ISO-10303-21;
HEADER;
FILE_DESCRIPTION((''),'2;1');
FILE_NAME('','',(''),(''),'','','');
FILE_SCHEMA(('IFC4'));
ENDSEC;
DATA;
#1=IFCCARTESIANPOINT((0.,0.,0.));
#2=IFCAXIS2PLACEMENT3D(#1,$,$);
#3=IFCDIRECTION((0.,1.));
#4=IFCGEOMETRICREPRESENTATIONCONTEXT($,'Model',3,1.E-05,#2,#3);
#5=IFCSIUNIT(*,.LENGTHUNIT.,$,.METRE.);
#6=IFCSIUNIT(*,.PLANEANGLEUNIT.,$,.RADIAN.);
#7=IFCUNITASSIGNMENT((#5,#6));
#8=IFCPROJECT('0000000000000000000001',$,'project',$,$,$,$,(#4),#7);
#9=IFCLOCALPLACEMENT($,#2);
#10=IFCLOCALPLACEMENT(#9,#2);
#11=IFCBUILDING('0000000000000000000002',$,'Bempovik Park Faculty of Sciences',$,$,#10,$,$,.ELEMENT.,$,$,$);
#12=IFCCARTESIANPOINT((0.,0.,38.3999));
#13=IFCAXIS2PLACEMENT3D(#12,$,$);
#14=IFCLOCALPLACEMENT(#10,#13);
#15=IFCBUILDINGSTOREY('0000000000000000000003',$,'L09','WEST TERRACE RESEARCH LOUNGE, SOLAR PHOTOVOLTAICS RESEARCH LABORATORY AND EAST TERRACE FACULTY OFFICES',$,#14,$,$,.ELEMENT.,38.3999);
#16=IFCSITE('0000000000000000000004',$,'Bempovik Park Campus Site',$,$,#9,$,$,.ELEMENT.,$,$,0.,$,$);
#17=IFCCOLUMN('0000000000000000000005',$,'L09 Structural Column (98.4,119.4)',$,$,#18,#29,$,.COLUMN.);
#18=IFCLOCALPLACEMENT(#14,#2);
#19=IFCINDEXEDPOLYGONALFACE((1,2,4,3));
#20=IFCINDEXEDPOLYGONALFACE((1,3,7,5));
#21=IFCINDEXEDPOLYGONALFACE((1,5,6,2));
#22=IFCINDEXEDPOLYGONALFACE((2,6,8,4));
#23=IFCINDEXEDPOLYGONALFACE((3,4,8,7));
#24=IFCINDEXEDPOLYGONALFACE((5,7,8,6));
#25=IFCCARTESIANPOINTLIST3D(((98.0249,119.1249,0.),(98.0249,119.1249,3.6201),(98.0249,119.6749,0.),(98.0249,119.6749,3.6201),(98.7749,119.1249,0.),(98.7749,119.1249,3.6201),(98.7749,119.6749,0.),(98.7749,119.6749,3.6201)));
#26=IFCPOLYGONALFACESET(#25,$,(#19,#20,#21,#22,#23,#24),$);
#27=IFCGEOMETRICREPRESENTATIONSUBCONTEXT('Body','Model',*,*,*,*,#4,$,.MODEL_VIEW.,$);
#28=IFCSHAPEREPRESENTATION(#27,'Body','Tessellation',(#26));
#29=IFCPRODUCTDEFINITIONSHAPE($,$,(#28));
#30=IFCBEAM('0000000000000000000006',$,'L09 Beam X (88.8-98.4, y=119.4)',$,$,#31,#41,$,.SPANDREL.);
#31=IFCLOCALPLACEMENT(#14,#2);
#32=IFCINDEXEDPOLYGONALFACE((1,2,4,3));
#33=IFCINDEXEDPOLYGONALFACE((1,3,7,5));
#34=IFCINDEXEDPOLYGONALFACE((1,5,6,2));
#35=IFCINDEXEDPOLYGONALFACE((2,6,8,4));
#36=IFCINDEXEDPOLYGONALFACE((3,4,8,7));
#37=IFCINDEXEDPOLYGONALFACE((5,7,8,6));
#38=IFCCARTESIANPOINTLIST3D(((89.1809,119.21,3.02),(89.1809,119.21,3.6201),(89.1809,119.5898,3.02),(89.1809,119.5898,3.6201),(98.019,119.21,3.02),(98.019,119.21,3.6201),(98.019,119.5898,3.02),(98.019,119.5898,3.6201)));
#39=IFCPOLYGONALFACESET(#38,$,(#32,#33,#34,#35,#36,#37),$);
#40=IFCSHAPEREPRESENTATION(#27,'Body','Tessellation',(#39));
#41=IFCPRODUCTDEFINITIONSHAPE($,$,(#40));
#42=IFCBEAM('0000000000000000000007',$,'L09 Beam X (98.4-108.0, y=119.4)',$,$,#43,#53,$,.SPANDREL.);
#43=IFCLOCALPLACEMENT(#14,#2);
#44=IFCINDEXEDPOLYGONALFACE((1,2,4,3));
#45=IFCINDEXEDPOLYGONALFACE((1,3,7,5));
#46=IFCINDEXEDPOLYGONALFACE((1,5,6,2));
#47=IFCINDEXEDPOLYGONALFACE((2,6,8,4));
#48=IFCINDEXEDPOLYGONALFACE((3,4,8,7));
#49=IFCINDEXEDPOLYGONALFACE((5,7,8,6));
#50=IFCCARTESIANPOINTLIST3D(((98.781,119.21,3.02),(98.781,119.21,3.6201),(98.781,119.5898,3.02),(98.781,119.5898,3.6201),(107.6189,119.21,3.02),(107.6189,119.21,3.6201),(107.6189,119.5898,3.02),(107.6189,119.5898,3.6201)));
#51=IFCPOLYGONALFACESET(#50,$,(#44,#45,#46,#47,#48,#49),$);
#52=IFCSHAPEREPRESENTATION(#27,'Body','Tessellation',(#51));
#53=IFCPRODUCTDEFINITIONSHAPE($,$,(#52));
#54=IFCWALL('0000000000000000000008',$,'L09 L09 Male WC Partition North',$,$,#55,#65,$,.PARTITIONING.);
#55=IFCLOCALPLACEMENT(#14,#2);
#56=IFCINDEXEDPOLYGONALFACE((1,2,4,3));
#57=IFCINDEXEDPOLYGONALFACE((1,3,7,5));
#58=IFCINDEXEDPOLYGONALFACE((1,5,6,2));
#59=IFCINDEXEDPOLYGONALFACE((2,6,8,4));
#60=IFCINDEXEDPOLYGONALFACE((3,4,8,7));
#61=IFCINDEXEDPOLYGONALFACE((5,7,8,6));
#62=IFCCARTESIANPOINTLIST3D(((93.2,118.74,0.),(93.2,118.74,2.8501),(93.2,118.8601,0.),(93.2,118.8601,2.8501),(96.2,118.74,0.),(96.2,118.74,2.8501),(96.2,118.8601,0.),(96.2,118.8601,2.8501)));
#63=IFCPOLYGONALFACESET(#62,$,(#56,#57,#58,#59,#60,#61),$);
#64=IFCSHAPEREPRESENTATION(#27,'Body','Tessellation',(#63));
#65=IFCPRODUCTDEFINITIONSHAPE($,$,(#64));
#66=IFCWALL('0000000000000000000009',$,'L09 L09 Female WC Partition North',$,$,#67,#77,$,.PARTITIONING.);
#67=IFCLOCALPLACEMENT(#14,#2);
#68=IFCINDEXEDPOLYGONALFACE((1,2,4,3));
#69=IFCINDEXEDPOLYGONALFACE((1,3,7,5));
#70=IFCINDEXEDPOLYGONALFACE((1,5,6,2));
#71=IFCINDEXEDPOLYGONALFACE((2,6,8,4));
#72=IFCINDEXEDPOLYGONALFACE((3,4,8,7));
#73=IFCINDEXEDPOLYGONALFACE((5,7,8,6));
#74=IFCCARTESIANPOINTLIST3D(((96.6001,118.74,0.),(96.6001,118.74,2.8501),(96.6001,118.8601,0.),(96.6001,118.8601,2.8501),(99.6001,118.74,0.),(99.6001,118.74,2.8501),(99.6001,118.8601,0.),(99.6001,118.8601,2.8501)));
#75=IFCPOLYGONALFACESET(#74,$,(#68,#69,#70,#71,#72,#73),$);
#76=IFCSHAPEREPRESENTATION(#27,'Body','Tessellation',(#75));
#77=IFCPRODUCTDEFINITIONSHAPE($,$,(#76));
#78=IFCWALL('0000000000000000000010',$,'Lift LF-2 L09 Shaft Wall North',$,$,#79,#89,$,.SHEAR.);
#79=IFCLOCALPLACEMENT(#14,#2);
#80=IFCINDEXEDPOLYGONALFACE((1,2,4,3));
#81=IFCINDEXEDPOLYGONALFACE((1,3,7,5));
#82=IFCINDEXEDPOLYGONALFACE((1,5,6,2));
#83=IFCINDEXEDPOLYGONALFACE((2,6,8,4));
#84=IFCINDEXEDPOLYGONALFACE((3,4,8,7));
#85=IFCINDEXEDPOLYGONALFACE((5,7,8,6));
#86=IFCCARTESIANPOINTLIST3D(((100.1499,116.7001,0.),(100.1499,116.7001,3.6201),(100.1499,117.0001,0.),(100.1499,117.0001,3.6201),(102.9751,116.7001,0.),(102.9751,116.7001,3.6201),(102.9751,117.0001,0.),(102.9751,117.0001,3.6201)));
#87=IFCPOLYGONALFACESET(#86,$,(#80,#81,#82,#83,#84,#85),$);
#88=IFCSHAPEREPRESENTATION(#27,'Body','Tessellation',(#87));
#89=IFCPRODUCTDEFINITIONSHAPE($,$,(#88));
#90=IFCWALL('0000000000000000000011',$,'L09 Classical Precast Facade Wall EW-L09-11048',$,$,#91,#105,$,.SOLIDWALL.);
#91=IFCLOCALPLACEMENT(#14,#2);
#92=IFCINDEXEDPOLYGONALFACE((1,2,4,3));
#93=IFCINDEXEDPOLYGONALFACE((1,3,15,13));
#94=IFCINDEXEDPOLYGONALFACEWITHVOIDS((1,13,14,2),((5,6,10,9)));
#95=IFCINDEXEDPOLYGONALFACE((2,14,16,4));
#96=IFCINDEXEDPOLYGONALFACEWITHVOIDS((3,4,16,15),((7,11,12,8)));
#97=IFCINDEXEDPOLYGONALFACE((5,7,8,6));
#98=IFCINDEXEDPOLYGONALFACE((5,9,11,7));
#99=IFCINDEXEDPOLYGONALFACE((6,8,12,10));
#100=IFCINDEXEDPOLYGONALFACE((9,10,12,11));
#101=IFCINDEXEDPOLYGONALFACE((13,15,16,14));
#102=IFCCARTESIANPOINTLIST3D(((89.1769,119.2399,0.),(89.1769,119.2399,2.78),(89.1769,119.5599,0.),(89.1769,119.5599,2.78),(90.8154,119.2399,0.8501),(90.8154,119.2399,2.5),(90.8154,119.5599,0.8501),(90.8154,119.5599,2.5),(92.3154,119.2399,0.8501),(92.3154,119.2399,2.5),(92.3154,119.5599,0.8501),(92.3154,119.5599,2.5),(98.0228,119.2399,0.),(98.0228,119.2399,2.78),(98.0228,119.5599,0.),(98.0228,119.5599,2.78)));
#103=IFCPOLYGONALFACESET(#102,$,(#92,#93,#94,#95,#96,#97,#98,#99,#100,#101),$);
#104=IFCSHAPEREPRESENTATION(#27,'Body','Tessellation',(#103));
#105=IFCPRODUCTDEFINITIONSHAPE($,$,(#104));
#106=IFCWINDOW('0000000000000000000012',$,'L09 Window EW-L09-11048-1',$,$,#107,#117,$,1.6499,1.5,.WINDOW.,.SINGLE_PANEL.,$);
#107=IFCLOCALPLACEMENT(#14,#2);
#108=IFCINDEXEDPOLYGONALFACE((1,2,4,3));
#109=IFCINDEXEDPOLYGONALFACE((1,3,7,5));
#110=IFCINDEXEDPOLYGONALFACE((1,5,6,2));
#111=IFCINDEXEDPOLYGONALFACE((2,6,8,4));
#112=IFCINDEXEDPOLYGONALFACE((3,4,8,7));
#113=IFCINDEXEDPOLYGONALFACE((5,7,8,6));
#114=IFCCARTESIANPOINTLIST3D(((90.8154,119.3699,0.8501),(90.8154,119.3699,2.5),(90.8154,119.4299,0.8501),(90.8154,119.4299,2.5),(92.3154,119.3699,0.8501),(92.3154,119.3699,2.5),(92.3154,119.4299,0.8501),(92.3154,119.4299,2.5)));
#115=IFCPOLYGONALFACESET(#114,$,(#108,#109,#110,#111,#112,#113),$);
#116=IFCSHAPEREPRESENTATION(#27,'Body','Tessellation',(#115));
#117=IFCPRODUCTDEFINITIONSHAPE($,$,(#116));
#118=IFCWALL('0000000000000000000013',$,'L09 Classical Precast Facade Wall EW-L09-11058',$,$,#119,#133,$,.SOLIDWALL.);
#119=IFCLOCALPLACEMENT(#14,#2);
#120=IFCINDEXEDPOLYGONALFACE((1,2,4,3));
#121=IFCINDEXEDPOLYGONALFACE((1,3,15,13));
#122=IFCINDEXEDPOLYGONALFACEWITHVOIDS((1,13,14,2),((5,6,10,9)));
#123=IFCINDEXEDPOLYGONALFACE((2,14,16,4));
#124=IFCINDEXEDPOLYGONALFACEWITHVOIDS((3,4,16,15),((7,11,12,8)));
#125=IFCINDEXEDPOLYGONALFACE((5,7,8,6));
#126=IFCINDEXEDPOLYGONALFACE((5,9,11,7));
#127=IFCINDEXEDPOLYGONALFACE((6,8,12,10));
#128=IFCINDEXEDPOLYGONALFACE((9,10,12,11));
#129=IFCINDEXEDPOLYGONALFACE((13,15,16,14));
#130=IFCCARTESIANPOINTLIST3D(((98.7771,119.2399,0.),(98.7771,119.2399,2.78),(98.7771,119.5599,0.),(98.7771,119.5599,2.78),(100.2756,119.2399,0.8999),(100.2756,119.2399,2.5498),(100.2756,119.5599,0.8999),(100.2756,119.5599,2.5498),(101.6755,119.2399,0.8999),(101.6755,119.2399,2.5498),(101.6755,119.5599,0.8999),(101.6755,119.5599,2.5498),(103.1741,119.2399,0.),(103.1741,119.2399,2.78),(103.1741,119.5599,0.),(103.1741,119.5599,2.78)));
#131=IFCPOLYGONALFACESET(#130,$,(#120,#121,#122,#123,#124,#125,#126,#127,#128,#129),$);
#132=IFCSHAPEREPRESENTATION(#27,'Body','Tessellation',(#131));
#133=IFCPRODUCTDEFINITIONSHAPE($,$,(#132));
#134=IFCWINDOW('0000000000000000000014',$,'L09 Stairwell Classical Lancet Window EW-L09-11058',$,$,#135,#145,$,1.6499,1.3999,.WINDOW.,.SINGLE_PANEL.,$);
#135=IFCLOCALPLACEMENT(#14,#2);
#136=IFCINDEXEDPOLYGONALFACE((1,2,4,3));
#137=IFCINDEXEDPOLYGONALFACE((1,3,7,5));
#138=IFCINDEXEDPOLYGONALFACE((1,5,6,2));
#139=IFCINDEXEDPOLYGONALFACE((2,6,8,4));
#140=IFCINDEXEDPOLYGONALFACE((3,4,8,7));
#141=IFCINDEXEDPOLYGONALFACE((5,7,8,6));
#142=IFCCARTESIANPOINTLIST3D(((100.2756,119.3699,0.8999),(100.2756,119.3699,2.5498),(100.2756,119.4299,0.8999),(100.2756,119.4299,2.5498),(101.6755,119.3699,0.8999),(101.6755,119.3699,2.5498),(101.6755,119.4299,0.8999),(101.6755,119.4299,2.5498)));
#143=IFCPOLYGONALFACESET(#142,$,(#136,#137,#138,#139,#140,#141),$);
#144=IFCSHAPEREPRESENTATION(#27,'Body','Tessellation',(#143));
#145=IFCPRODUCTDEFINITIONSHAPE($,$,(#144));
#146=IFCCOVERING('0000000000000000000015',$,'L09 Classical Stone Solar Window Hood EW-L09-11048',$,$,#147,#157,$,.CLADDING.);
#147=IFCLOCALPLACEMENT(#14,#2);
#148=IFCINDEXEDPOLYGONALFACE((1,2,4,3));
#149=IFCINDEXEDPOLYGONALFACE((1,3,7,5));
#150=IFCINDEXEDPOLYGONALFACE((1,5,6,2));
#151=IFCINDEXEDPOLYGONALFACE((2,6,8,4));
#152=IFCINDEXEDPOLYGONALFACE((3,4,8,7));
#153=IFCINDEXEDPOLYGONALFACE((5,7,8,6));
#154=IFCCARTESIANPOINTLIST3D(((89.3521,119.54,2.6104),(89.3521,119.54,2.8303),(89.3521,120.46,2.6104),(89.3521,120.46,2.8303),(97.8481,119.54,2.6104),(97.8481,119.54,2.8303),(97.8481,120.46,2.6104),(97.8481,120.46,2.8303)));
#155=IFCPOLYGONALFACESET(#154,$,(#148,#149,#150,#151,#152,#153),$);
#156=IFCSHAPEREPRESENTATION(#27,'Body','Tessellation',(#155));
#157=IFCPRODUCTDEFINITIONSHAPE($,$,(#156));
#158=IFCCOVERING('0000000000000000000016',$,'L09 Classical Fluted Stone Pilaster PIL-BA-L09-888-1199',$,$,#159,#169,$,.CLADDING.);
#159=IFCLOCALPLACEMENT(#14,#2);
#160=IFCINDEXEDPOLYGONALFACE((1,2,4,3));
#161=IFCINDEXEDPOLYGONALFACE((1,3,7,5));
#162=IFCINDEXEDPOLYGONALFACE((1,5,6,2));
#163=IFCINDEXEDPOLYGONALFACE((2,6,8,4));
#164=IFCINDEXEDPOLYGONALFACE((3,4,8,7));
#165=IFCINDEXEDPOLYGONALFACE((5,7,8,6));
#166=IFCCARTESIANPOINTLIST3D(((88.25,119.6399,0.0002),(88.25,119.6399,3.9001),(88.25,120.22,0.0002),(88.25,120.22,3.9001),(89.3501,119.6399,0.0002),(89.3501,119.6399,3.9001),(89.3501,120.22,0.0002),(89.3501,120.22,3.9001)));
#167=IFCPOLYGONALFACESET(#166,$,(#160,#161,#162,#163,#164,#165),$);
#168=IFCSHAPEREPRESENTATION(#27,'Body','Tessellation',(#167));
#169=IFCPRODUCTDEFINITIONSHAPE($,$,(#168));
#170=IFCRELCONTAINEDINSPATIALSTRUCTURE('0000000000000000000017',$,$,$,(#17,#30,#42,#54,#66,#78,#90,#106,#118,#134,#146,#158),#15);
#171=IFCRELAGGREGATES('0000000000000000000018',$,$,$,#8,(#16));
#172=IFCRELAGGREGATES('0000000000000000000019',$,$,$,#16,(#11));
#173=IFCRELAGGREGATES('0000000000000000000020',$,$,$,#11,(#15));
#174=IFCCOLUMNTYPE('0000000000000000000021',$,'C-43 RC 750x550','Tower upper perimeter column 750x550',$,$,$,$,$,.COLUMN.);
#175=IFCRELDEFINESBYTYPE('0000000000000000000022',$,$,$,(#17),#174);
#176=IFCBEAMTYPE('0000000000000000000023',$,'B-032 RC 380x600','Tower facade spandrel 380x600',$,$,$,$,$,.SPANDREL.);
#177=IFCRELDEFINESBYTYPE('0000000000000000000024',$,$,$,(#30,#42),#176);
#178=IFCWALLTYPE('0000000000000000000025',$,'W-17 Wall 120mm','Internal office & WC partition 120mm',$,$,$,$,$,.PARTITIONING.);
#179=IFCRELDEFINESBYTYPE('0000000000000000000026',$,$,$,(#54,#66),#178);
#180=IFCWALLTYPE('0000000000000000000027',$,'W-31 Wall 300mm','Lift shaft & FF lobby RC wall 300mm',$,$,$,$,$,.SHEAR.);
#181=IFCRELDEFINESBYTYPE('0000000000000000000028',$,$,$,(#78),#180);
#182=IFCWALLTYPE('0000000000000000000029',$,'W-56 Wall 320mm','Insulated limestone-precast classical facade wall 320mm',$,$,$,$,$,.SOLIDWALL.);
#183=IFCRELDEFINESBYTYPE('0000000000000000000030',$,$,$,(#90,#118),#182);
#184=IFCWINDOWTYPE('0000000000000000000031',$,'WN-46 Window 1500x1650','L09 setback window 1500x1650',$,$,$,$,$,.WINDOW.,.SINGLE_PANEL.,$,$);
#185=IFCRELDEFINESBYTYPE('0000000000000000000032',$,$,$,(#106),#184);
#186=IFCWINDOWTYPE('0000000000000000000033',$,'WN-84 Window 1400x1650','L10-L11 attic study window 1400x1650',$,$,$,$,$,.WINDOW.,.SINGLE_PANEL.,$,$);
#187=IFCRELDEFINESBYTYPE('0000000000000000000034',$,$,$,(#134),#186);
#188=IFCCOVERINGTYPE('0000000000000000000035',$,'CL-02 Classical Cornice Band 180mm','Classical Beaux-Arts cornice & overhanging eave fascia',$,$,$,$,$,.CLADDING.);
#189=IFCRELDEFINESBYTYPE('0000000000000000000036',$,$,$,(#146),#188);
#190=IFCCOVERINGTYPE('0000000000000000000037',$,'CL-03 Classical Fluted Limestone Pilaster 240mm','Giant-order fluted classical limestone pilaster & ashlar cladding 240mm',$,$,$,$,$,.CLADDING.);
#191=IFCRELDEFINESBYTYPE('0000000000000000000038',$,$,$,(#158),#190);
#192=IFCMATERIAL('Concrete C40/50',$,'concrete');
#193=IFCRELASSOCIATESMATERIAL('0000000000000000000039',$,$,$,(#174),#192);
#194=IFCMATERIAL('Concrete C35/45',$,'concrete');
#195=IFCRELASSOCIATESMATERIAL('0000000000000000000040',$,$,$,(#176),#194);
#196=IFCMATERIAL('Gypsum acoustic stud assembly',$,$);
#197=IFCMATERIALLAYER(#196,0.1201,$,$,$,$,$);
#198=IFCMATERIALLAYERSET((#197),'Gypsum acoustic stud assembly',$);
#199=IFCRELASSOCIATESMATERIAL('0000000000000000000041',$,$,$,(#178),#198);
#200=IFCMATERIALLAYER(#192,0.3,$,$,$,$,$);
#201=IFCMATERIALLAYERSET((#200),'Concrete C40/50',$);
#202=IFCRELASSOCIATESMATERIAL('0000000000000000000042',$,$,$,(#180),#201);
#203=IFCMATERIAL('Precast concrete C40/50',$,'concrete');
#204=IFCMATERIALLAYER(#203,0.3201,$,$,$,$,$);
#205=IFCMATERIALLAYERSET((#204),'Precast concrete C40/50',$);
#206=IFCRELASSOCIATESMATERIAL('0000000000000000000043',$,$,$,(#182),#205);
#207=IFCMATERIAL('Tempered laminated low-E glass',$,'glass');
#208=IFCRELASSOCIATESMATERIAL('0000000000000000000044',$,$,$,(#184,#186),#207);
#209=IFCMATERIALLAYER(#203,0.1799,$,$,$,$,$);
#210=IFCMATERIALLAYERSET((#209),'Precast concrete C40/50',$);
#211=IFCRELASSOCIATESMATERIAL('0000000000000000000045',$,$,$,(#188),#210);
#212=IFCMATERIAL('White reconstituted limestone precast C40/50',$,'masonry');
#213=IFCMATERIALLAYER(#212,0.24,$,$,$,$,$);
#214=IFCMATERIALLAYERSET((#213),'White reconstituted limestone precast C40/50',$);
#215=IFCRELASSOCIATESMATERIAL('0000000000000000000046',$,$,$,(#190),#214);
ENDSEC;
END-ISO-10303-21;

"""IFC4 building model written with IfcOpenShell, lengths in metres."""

from ifc_helpers import new_model, si_unit, direction, frame, frame_2d, origin, origin_2d, place, context, subcontext, project, spatial, rectangle, extrude, material, layer, layer_set, material_profile, profile_set, type_object, element, fill, save


model = new_model("IFC4")

# Units and contexts
model_context = context("Model", 3, precision=1e-05, world=origin(), true_north=direction((0.0, 1.0)))
body_context = subcontext(model_context, "Body", "Model", "MODEL_VIEW")
ifc_project = project(units=[si_unit("LENGTHUNIT", "METRE"), si_unit("PLANEANGLEUNIT", "RADIAN")], contexts=[model_context])

# Site, building, storey
site_placement = place(None, origin())
site = spatial("IfcSite", under=ifc_project, at=site_placement, Name="Bempovik Park Campus Site", CompositionType="ELEMENT", RefElevation=0.0)
building_placement = place(site_placement, origin())
building = spatial("IfcBuilding", under=site, at=building_placement, Name="Bempovik Park Faculty of Sciences", CompositionType="ELEMENT")
storey_placement = place(building_placement, frame((0.0, 0.0, 38.3999)))
storey = spatial("IfcBuildingStorey", under=building, at=storey_placement, Name="L09", Description="WEST TERRACE RESEARCH LOUNGE, SOLAR PHOTOVOLTAICS RESEARCH LABORATORY AND EAST TERRACE FACULTY OFFICES", CompositionType="ELEMENT", Elevation=38.3999)

# Column
ifc_material_1 = material(Name="Concrete C40/50", Category="concrete")
ifc_material_profile_1 = material_profile(ifc_material_1, rectangle(XDim=0.75, YDim=0.55, at=origin_2d()), Name="RC 750x550")
ifc_profile_set_1 = profile_set([ifc_material_profile_1], Name="Concrete C40/50")
column_type = type_object("IfcColumnType", Name="C-43 RC 750x550", Description="Tower upper perimeter column 750x550", PredefinedType="COLUMN", material=ifc_profile_set_1)
column_placement = place(storey_placement, frame((98.3999, 119.3999, 0.0), z_axis=(0.0, 0.0, 1.0), x_axis=(1.0, 0.0, 0.0)))
element("IfcColumn", 1, at=column_placement, inside=storey, type_object=column_type, Name="L09 Structural Column (98.4,119.4)", PredefinedType="COLUMN", context=body_context, shape_type="SweptSolid", body=[
    extrude(rectangle(XDim=0.75, YDim=0.55, at=origin_2d()), origin(), (0.0, 0.0, 1.0), 3.6201),
])

# Beams
ifc_material_2 = material(Name="Concrete C35/45", Category="concrete")
ifc_material_profile_2 = material_profile(ifc_material_2, rectangle(XDim=0.3799, YDim=0.6001, at=origin_2d()), Name="RC 380x600")
ifc_profile_set_2 = profile_set([ifc_material_profile_2], Name="Concrete C35/45")
beam_type = type_object("IfcBeamType", Name="B-032 RC 380x600", Description="Tower facade spandrel 380x600", PredefinedType="SPANDREL", material=ifc_profile_set_2)
beam_1_placement = place(storey_placement, frame((89.1809, 119.3999, 3.3201), z_axis=(1.0, 0.0, 0.0), x_axis=(0.0, 1.0, 0.0)))
element("IfcBeam", 2, at=beam_1_placement, inside=storey, type_object=beam_type, Name="L09 Beam X (88.8-98.4, y=119.4)", PredefinedType="SPANDREL", context=body_context, shape_type="SweptSolid", body=[
    extrude(rectangle(XDim=0.3799, YDim=0.6001, at=origin_2d()), origin(), (0.0, 0.0, 1.0), 8.8381),
])
beam_2_placement = place(storey_placement, frame((98.781, 119.3999, 3.3201), z_axis=(1.0, 0.0, 0.0), x_axis=(0.0, 1.0, 0.0)))
element("IfcBeam", 3, at=beam_2_placement, inside=storey, type_object=beam_type, Name="L09 Beam X (98.4-108.0, y=119.4)", PredefinedType="SPANDREL", context=body_context, shape_type="SweptSolid", body=[
    extrude(rectangle(XDim=0.3799, YDim=0.6001, at=origin_2d()), origin(), (0.0, 0.0, 1.0), 8.8379),
])

# Walls
ifc_material_3 = material(Name="Gypsum acoustic stud assembly")
ifc_layer_1 = layer(ifc_material_3, 0.1201)
ifc_layer_set_1 = layer_set([ifc_layer_1], Name="Gypsum acoustic stud assembly")
wall_type_1 = type_object("IfcWallType", Name="W-17 Wall 120mm", Description="Internal office & WC partition 120mm", PredefinedType="PARTITIONING", material=ifc_layer_set_1)
for number, where, z_axis, x_axis, name in (
    (4, (93.2, 118.8, 0.0), (0.0, 0.0, 1.0), (1.0, 0.0, 0.0), "L09 L09 Male WC Partition North"),
    (5, (96.6001, 118.8, 0.0), (0.0, 0.0, 1.0), (1.0, 0.0, 0.0), "L09 L09 Female WC Partition North"),
):
    element("IfcWall", number, at=place(storey_placement, frame(where, z_axis=z_axis, x_axis=x_axis)), inside=storey, type_object=wall_type_1, Name=name, PredefinedType="PARTITIONING", context=body_context, shape_type="SweptSolid", body=[
        extrude(rectangle(XDim=3.0, YDim=0.1201, at=frame_2d((1.5, 0.0))), origin(), (0.0, 0.0, 1.0), 2.8501),
    ])
ifc_layer_2 = layer(ifc_material_1, 0.3)
ifc_layer_set_2 = layer_set([ifc_layer_2], Name="Concrete C40/50")
wall_type_2 = type_object("IfcWallType", Name="W-31 Wall 300mm", Description="Lift shaft & FF lobby RC wall 300mm", PredefinedType="SHEAR", material=ifc_layer_set_2)
wall_1_placement = place(storey_placement, frame((100.1499, 116.8501, 0.0), z_axis=(0.0, 0.0, 1.0), x_axis=(1.0, 0.0, 0.0)))
element("IfcWall", 6, at=wall_1_placement, inside=storey, type_object=wall_type_2, Name="Lift LF-2 L09 Shaft Wall North", PredefinedType="SHEAR", context=body_context, shape_type="SweptSolid", body=[
    extrude(rectangle(XDim=2.8252, YDim=0.3, at=frame_2d((1.4126, 0.0))), origin(), (0.0, 0.0, 1.0), 3.6201),
])

# Walls, openings, windows
ifc_material_4 = material(Name="Precast concrete C40/50", Category="concrete")
ifc_layer_3 = layer(ifc_material_4, 0.3201)
ifc_layer_set_3 = layer_set([ifc_layer_3], Name="Precast concrete C40/50")
wall_type_3 = type_object("IfcWallType", Name="W-56 Wall 320mm", Description="Insulated limestone-precast classical facade wall 320mm", PredefinedType="SOLIDWALL", material=ifc_layer_set_3)
wall_2_placement = place(storey_placement, frame((89.177, 119.3999, 0.0), z_axis=(0.0, 0.0, 1.0), x_axis=(1.0, 0.0, 0.0)))
wall_2 = element("IfcWall", 7, at=wall_2_placement, inside=storey, type_object=wall_type_3, Name="L09 Classical Precast Facade Wall EW-L09-11048", PredefinedType="SOLIDWALL", context=body_context, shape_type="SweptSolid", body=[
    extrude(rectangle(XDim=8.8459, YDim=0.3201, at=frame_2d((4.4229, 0.0))), origin(), (0.0, 0.0, 1.0), 2.78),
])
opening_1_placement = place(wall_2_placement, frame((1.6384, 0.0, 0.8501)))
opening_1 = element("IfcOpeningElement", 8, at=opening_1_placement, cuts=wall_2, PredefinedType="OPENING", context=body_context, shape_type="SweptSolid", body=[
    extrude(rectangle(XDim=1.5, YDim=1.6499, at=frame_2d((0.75, 0.825))), frame((0.0, 0.1699, 0.0), z_axis=(0.0, -1.0, 0.0), x_axis=(1.0, 0.0, 0.0)), (0.0, 0.0, 1.0), 0.3401),
])
ifc_material_5 = material(Name="Tempered laminated low-E glass", Category="glass")
window_type_1 = type_object("IfcWindowType", Name="WN-46 Window 1500x1650", Description="L09 setback window 1500x1650", PartitioningType="SINGLE_PANEL", PredefinedType="WINDOW", material=ifc_material_5)
window_1_placement = place(opening_1_placement, origin())
window_1 = element("IfcWindow", 9, at=window_1_placement, inside=storey, type_object=window_type_1, Name="L09 Window EW-L09-11048-1", OverallHeight=1.6499, OverallWidth=1.5, PartitioningType="SINGLE_PANEL", PredefinedType="WINDOW", context=body_context, shape_type="SweptSolid", body=[
    extrude(rectangle(XDim=1.5, YDim=1.6499, at=frame_2d((0.75, 0.825))), frame((0.0, 0.03, 0.0), z_axis=(0.0, -1.0, 0.0), x_axis=(1.0, 0.0, 0.0)), (0.0, 0.0, 1.0), 0.0601),
])
fill(opening_1, window_1)
wall_3_placement = place(storey_placement, frame((98.7771, 119.3999, 0.0), z_axis=(0.0, 0.0, 1.0), x_axis=(1.0, 0.0, 0.0)))
wall_3 = element("IfcWall", 10, at=wall_3_placement, inside=storey, type_object=wall_type_3, Name="L09 Classical Precast Facade Wall EW-L09-11058", PredefinedType="SOLIDWALL", context=body_context, shape_type="SweptSolid", body=[
    extrude(rectangle(XDim=4.397, YDim=0.3201, at=frame_2d((2.1985, 0.0))), origin(), (0.0, 0.0, 1.0), 2.78),
])
opening_2_placement = place(wall_3_placement, frame((1.4985, 0.0, 0.8999)))
opening_2 = element("IfcOpeningElement", 11, at=opening_2_placement, cuts=wall_3, PredefinedType="OPENING", context=body_context, shape_type="SweptSolid", body=[
    extrude(rectangle(XDim=1.3999, YDim=1.6499, at=frame_2d((0.7, 0.825))), frame((0.0, 0.1699, 0.0), z_axis=(0.0, -1.0, 0.0), x_axis=(1.0, 0.0, 0.0)), (0.0, 0.0, 1.0), 0.3401),
])
window_type_2 = type_object("IfcWindowType", Name="WN-84 Window 1400x1650", Description="L10-L11 attic study window 1400x1650", PartitioningType="SINGLE_PANEL", PredefinedType="WINDOW", material=ifc_material_5)
window_2_placement = place(opening_2_placement, origin())
window_2 = element("IfcWindow", 12, at=window_2_placement, inside=storey, type_object=window_type_2, Name="L09 Stairwell Classical Lancet Window EW-L09-11058", OverallHeight=1.6499, OverallWidth=1.3999, PartitioningType="SINGLE_PANEL", PredefinedType="WINDOW", context=body_context, shape_type="SweptSolid", body=[
    extrude(rectangle(XDim=1.3999, YDim=1.6499, at=frame_2d((0.7, 0.825))), frame((0.0, 0.03, 0.0), z_axis=(0.0, -1.0, 0.0), x_axis=(1.0, 0.0, 0.0)), (0.0, 0.0, 1.0), 0.0601),
])
fill(opening_2, window_2)

# Coverings
ifc_layer_4 = layer(ifc_material_4, 0.1799)
ifc_layer_set_4 = layer_set([ifc_layer_4], Name="Precast concrete C40/50")
covering_type_1 = type_object("IfcCoveringType", Name="CL-02 Classical Cornice Band 180mm", Description="Classical Beaux-Arts cornice & overhanging eave fascia", PredefinedType="CLADDING", material=ifc_layer_set_4)
covering_1_placement = place(storey_placement, frame((93.6001, 120.0, 2.6104), z_axis=(0.0, 0.0, 1.0), x_axis=(1.0, 0.0, 0.0)))
element("IfcCovering", 13, at=covering_1_placement, inside=storey, type_object=covering_type_1, Name="L09 Classical Stone Solar Window Hood EW-L09-11048", PredefinedType="CLADDING", context=body_context, shape_type="SweptSolid", body=[
    extrude(rectangle(XDim=8.4961, YDim=0.9199, at=origin_2d()), origin(), (0.0, 0.0, 1.0), 0.22),
])
ifc_material_6 = material(Name="White reconstituted limestone precast C40/50", Category="masonry")
ifc_layer_5 = layer(ifc_material_6, 0.24)
ifc_layer_set_5 = layer_set([ifc_layer_5], Name="White reconstituted limestone precast C40/50")
covering_type_2 = type_object("IfcCoveringType", Name="CL-03 Classical Fluted Limestone Pilaster 240mm", Description="Giant-order fluted classical limestone pilaster & ashlar cladding 240mm", PredefinedType="CLADDING", material=ifc_layer_set_5)
covering_2_placement = place(storey_placement, frame((88.8, 119.9299, 0.0002), z_axis=(0.0, 0.0, 1.0), x_axis=(1.0, 0.0, 0.0)))
element("IfcCovering", 14, at=covering_2_placement, inside=storey, type_object=covering_type_2, Name="L09 Classical Fluted Stone Pilaster PIL-BA-L09-888-1199", PredefinedType="CLADDING", context=body_context, shape_type="SweptSolid", body=[
    extrude(rectangle(XDim=1.1001, YDim=0.5801, at=origin_2d()), origin(), (0.0, 0.0, 1.0), 3.8999),
])

save(model, "model.ifc")
